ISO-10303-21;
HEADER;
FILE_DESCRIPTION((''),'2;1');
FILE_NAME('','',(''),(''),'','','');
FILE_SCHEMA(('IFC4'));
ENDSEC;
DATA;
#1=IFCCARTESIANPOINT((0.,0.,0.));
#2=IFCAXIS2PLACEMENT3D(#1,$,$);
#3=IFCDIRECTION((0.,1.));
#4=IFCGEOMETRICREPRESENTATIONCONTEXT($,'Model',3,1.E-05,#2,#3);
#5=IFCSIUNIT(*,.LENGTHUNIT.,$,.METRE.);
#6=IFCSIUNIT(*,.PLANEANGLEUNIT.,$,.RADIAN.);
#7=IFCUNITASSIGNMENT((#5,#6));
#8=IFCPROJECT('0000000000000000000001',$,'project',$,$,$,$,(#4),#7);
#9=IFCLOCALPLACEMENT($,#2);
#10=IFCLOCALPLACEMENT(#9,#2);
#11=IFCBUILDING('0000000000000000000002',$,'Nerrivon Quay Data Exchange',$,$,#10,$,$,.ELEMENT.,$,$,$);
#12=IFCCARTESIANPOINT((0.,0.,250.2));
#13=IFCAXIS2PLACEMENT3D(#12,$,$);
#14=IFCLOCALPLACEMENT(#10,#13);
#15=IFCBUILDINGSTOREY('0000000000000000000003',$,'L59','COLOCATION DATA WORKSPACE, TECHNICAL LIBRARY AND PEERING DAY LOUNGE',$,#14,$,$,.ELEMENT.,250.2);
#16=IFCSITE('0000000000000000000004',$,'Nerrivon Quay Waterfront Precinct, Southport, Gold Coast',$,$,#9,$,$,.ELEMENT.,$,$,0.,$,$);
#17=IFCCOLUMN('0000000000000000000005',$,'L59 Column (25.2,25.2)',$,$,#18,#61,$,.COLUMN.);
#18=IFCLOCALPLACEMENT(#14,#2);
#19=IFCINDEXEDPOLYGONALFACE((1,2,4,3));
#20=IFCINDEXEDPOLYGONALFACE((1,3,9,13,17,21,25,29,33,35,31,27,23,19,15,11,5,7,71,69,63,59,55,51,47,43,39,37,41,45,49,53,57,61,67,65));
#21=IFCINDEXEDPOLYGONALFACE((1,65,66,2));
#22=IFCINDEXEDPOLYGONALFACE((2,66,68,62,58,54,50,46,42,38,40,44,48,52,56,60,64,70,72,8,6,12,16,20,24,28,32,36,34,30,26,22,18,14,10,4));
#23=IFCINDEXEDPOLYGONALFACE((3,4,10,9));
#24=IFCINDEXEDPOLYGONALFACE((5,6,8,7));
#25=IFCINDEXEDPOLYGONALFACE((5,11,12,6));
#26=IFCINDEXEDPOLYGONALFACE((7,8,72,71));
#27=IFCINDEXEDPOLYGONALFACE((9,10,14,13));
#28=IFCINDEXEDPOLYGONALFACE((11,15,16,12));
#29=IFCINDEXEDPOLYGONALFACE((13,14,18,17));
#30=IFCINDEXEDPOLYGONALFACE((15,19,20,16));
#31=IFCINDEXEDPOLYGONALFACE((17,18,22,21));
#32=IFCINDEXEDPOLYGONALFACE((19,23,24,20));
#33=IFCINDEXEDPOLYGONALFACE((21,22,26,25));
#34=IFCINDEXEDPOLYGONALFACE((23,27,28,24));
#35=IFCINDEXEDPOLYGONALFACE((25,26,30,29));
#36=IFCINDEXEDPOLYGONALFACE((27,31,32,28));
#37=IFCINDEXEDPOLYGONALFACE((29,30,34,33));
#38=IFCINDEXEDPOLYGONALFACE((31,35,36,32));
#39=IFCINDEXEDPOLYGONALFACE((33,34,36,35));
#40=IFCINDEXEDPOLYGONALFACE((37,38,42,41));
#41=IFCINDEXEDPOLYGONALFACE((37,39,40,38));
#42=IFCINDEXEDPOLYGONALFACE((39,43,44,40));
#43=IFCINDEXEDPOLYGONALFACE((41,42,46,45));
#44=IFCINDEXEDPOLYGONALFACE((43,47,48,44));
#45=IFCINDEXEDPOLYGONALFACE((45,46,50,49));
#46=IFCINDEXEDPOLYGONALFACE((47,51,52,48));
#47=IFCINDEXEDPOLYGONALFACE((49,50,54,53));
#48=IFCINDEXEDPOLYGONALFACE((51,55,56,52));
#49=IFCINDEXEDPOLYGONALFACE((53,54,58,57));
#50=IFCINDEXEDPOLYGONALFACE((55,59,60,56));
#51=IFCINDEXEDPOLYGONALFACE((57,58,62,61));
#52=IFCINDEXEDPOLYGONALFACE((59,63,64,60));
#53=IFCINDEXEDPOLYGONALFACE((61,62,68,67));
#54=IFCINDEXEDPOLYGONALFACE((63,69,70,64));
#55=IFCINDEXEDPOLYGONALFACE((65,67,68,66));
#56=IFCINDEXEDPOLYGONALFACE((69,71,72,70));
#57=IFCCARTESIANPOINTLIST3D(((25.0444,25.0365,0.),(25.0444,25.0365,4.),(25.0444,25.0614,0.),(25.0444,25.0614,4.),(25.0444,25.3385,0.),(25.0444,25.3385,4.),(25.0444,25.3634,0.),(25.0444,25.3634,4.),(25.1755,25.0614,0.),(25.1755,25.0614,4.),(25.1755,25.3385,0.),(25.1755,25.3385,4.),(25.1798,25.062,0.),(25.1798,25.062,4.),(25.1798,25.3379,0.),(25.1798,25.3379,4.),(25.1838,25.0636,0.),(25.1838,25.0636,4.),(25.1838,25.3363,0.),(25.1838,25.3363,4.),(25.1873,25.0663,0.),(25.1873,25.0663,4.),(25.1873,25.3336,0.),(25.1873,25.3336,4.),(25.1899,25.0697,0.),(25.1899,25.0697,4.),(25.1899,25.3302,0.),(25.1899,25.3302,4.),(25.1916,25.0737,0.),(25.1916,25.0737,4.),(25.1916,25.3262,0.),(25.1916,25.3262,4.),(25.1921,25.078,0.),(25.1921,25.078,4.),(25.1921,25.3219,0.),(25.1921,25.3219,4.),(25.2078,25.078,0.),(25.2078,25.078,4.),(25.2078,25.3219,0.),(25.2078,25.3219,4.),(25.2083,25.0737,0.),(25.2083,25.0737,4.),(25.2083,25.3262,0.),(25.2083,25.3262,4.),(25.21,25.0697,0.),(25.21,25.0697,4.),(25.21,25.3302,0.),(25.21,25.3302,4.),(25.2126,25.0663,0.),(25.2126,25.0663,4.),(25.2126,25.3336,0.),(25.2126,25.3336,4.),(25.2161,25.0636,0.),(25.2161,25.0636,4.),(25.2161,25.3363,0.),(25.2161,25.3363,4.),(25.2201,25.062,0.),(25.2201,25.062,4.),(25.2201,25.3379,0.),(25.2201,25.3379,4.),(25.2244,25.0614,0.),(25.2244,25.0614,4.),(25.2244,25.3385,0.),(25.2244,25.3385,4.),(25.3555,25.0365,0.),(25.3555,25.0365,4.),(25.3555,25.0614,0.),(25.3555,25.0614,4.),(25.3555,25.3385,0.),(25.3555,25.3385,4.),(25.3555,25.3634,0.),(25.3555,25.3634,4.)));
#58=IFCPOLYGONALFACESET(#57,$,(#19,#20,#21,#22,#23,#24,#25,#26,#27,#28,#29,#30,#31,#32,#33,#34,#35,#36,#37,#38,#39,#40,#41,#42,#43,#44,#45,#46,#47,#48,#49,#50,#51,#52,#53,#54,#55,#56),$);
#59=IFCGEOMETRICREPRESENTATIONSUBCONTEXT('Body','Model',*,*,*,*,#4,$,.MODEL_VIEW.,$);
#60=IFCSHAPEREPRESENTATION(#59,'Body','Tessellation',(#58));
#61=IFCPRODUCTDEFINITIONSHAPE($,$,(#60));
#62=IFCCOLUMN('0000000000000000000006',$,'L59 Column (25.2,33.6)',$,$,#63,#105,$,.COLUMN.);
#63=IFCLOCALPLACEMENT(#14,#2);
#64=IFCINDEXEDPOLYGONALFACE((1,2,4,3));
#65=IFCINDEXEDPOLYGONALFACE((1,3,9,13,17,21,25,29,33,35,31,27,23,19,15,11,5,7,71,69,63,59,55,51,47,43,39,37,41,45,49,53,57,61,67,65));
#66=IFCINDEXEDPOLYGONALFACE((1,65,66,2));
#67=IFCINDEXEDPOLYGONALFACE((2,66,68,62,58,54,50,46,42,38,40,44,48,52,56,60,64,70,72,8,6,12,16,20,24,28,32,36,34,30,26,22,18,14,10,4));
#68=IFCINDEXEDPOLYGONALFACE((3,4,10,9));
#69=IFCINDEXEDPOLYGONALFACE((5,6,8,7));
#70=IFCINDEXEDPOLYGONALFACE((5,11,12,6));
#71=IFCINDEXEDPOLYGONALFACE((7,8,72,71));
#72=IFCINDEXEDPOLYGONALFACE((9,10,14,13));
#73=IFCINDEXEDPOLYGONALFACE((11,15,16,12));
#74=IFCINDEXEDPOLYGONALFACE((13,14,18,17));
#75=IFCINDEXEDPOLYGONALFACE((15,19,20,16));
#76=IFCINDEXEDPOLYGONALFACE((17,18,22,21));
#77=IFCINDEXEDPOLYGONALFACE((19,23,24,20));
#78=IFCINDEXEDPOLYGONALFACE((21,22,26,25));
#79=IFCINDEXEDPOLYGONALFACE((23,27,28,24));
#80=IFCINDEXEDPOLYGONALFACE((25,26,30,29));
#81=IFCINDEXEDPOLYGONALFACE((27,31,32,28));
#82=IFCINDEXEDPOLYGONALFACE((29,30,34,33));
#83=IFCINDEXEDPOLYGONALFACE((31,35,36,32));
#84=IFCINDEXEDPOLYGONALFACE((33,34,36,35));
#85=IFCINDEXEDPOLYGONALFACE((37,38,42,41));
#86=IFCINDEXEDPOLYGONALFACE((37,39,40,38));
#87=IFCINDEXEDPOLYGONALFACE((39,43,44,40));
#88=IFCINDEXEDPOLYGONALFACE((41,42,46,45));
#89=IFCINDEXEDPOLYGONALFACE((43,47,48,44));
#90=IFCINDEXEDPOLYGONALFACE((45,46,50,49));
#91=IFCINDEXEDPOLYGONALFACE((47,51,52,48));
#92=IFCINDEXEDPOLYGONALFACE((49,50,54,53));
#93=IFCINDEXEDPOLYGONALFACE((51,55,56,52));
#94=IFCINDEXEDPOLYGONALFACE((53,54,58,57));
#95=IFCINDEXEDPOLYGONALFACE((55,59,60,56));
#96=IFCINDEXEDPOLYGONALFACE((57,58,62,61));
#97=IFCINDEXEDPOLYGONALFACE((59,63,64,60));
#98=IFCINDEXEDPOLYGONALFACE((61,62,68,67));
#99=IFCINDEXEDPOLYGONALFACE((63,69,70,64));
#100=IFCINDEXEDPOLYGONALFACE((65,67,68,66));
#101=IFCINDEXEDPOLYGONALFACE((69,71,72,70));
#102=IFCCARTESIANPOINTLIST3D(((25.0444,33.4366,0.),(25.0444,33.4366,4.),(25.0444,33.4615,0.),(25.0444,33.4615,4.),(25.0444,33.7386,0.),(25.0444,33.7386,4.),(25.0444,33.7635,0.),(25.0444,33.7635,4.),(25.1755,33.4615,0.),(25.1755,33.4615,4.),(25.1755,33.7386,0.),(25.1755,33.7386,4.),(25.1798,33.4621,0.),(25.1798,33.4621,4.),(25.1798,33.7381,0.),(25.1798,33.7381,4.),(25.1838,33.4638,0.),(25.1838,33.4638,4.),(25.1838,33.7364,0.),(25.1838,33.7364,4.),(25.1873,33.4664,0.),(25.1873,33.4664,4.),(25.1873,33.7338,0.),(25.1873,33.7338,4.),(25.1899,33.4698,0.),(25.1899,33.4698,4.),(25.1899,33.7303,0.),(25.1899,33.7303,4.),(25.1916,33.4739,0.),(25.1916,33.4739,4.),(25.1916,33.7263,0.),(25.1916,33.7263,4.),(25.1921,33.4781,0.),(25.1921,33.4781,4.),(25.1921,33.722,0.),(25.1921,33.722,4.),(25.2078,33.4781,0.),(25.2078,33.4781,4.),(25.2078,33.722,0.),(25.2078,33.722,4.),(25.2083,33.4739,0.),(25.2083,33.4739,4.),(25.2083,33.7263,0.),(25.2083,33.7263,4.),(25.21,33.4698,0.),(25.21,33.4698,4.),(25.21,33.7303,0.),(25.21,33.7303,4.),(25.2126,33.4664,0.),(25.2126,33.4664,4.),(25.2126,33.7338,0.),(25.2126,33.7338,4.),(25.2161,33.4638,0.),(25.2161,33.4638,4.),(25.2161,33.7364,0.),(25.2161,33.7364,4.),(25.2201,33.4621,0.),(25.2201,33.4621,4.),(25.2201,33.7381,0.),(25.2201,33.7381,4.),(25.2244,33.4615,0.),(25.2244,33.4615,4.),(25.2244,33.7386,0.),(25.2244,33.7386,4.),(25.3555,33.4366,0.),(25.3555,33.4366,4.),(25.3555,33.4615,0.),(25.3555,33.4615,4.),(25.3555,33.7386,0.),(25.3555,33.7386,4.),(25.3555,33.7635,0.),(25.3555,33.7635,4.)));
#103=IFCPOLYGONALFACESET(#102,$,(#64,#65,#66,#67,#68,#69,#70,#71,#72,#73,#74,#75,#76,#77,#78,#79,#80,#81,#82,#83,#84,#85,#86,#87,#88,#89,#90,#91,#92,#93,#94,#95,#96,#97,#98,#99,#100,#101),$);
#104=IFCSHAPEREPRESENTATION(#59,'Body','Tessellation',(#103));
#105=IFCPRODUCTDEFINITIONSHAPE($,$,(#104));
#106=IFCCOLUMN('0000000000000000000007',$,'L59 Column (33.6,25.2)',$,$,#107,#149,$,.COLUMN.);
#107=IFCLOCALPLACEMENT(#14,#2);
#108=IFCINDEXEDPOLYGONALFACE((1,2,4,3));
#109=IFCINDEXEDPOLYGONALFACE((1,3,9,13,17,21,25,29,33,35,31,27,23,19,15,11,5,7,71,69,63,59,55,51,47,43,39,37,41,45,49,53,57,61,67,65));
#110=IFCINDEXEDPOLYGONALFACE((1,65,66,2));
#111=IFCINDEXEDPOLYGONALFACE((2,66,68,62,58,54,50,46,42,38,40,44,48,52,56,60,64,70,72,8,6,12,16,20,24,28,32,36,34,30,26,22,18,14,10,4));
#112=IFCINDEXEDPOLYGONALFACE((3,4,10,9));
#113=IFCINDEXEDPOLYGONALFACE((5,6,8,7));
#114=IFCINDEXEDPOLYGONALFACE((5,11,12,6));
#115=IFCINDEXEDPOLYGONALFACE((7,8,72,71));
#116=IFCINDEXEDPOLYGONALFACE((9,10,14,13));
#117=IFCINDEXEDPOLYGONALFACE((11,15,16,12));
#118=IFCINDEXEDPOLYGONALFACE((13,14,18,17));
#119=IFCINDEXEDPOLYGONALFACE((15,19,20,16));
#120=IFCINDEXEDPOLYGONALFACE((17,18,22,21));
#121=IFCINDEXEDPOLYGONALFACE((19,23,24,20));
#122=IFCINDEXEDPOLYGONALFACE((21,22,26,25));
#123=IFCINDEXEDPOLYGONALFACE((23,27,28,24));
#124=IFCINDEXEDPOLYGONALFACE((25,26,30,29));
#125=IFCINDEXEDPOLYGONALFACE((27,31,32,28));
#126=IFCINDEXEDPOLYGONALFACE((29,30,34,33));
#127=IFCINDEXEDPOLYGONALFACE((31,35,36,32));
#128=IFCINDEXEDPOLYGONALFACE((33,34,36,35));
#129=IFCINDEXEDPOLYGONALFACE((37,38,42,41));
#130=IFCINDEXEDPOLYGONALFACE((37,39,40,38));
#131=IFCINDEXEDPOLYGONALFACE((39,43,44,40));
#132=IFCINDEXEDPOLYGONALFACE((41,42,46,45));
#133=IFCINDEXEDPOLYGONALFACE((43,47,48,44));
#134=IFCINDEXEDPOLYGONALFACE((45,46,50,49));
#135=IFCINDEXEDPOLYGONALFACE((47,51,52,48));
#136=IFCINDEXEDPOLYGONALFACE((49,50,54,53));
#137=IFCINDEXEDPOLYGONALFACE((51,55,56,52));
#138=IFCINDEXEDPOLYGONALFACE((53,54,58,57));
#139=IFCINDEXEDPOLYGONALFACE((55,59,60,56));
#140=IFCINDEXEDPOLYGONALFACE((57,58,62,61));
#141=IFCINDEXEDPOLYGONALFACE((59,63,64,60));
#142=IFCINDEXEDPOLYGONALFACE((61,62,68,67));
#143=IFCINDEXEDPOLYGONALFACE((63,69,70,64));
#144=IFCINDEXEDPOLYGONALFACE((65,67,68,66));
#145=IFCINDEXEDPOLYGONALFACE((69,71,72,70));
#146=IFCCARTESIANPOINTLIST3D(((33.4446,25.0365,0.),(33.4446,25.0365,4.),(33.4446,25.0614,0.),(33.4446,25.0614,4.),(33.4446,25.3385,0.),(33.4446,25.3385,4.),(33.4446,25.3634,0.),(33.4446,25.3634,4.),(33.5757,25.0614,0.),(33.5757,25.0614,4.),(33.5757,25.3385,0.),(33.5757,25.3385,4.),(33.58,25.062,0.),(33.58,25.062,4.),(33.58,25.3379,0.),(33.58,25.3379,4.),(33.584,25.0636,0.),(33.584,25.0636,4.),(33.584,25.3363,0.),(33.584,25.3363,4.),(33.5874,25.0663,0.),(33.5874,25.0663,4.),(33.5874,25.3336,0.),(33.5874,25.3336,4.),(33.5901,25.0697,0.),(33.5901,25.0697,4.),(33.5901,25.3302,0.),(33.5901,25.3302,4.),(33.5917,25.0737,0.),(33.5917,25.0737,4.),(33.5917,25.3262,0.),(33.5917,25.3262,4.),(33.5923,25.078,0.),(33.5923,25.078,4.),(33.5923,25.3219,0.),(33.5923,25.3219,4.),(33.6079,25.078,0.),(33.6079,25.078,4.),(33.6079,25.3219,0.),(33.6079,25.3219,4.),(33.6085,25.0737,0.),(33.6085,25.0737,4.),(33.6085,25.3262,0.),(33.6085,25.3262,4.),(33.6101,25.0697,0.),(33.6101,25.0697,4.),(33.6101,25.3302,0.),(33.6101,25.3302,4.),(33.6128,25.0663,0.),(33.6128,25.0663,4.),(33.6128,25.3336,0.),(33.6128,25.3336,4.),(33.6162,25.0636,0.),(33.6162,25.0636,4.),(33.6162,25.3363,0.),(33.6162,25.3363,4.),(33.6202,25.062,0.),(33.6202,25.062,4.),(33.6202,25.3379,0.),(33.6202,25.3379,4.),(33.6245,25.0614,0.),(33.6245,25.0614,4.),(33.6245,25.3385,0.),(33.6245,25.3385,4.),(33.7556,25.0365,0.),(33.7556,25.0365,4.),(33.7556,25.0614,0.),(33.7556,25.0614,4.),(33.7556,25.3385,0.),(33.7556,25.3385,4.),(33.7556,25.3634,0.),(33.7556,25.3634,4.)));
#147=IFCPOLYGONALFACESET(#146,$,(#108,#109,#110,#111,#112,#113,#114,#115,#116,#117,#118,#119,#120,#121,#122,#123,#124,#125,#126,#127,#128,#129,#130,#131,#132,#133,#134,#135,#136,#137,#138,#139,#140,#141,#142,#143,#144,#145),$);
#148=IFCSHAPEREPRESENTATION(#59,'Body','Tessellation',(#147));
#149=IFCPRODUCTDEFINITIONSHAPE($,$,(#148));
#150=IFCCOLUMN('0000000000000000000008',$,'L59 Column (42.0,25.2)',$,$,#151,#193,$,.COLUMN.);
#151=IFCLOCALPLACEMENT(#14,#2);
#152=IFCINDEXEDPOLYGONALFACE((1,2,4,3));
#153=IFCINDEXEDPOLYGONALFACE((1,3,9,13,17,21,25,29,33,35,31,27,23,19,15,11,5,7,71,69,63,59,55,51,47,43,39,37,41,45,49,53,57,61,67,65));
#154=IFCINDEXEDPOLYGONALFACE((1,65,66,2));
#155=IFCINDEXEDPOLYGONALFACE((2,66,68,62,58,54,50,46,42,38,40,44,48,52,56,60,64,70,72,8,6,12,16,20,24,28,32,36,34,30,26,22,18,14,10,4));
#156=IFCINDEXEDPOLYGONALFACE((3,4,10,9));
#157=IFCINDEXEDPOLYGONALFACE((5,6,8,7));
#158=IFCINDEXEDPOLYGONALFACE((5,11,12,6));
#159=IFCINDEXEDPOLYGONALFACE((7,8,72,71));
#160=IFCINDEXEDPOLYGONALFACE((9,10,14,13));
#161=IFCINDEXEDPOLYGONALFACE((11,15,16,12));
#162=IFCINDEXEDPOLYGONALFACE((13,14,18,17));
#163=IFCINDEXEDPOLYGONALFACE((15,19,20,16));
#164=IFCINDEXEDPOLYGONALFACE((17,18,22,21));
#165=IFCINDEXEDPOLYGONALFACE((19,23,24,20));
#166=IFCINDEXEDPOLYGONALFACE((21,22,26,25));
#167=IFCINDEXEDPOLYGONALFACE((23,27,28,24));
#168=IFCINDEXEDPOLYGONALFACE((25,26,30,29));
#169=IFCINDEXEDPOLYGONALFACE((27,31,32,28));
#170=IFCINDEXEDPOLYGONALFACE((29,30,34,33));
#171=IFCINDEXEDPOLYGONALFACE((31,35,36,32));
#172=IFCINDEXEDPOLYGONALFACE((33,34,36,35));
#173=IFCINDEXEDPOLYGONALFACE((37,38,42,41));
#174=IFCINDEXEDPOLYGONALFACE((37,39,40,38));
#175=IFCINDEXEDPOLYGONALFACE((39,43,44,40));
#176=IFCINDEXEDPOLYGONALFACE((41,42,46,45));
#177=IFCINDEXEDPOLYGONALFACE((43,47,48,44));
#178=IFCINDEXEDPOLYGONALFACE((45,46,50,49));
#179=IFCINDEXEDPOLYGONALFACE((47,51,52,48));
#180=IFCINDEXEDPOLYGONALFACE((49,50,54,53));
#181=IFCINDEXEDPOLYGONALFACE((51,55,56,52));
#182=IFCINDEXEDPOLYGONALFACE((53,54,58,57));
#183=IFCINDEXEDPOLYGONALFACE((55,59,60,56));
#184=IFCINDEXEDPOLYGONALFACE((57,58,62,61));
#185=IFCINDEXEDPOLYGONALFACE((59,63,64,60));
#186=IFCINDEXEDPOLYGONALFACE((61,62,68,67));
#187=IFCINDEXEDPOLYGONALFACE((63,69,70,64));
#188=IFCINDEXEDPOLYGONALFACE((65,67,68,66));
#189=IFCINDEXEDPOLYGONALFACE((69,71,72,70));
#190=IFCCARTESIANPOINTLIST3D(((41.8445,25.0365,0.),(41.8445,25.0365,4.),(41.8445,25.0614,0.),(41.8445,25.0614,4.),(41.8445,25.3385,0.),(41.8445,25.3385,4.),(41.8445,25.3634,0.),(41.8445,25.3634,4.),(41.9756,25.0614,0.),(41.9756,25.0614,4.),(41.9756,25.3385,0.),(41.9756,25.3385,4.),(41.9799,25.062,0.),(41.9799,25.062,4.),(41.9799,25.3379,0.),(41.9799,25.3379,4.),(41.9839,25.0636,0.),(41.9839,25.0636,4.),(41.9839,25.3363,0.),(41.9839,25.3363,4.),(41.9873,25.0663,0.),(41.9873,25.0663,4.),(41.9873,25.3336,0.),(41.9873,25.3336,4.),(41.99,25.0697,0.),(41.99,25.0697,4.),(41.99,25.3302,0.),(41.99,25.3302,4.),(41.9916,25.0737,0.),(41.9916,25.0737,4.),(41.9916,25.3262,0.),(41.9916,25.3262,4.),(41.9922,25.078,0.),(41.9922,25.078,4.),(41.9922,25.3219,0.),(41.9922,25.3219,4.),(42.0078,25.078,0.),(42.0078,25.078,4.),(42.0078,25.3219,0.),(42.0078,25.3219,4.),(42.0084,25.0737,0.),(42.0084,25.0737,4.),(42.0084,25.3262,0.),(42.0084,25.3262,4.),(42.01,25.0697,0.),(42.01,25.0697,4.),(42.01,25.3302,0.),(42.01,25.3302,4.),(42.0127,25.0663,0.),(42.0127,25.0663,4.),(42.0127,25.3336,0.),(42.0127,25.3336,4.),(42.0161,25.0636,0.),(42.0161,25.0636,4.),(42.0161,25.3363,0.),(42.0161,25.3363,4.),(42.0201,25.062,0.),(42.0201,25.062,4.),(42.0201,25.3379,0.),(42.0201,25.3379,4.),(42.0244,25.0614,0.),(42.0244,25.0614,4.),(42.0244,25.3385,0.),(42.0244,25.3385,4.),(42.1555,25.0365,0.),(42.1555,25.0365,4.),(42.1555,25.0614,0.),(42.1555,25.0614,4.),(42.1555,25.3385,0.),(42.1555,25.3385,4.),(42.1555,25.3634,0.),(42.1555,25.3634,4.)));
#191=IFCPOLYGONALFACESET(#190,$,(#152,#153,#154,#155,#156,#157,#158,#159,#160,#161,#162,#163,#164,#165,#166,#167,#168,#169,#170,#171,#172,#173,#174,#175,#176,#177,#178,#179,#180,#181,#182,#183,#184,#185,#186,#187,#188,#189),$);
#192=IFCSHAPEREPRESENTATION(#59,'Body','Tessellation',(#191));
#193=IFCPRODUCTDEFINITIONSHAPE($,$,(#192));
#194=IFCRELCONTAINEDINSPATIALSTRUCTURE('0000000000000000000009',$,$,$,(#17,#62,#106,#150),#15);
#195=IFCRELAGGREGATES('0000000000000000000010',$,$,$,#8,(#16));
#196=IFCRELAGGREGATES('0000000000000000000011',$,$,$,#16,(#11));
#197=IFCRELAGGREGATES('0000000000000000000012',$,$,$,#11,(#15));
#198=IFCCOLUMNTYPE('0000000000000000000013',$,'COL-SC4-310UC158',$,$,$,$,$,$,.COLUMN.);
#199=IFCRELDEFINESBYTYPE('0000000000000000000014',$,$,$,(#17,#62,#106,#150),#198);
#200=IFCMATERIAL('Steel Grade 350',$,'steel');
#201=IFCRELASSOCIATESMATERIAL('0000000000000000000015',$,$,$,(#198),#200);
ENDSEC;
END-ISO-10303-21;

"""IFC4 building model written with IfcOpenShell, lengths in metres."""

from ifc_helpers import new_model, si_unit, direction, frame, origin, origin_2d, place, context, subcontext, project, spatial, i_section, extrude, material, material_profile, profile_set, type_object, element, save


model = new_model("IFC4")

# Units and contexts
model_context = context("Model", 3, precision=1e-05, world=origin(), true_north=direction((0.0, 1.0)))
body_context = subcontext(model_context, "Body", "Model", "MODEL_VIEW")
ifc_project = project(units=[si_unit("LENGTHUNIT", "METRE"), si_unit("PLANEANGLEUNIT", "RADIAN")], contexts=[model_context])

# Site, building, storey
site_placement = place(None, origin())
site = spatial("IfcSite", under=ifc_project, at=site_placement, Name="Nerrivon Quay Waterfront Precinct, Southport, Gold Coast", CompositionType="ELEMENT", RefElevation=0.0)
building_placement = place(site_placement, origin())
building = spatial("IfcBuilding", under=site, at=building_placement, Name="Nerrivon Quay Data Exchange", CompositionType="ELEMENT")
storey_placement = place(building_placement, frame((0.0, 0.0, 250.2)))
storey = spatial("IfcBuildingStorey", under=building, at=storey_placement, Name="L59", Description="COLOCATION DATA WORKSPACE, TECHNICAL LIBRARY AND PEERING DAY LOUNGE", CompositionType="ELEMENT", Elevation=250.2)

# Columns
ifc_material_1 = material(Name="Steel Grade 350", Category="steel")
ifc_material_profile_1 = material_profile(ifc_material_1, i_section(OverallWidth=0.311, OverallDepth=0.3269, WebThickness=0.0156, FlangeThickness=0.0249, FilletRadius=0.0166, at=origin_2d()), Name="310UC158")
ifc_profile_set_1 = profile_set([ifc_material_profile_1], Name="Steel Grade 350")
column_type = type_object("IfcColumnType", Name="COL-SC4-310UC158", PredefinedType="COLUMN", material=ifc_profile_set_1)
for number, where, z_axis, x_axis, name in (
    (1, (25.2, 25.2, 0.0), (0.0, 0.0, 1.0), (1.0, 0.0, 0.0), "L59 Column (25.2,25.2)"),
    (2, (25.2, 33.6001, 0.0), (0.0, 0.0, 1.0), (1.0, 0.0, 0.0), "L59 Column (25.2,33.6)"),
    (3, (33.6001, 25.2, 0.0), (0.0, 0.0, 1.0), (1.0, 0.0, 0.0), "L59 Column (33.6,25.2)"),
    (4, (42.0, 25.2, 0.0), (0.0, 0.0, 1.0), (1.0, 0.0, 0.0), "L59 Column (42.0,25.2)"),
):
    element("IfcColumn", number, at=place(storey_placement, frame(where, z_axis=z_axis, x_axis=x_axis)), inside=storey, type_object=column_type, Name=name, PredefinedType="COLUMN", context=body_context, shape_type="SweptSolid", body=[
        extrude(i_section(OverallWidth=0.311, OverallDepth=0.3269, WebThickness=0.0156, FlangeThickness=0.0249, FilletRadius=0.0166, at=origin_2d()), origin(), (0.0, 0.0, 1.0), 4.0),
    ])

save(model, "model.ifc")
